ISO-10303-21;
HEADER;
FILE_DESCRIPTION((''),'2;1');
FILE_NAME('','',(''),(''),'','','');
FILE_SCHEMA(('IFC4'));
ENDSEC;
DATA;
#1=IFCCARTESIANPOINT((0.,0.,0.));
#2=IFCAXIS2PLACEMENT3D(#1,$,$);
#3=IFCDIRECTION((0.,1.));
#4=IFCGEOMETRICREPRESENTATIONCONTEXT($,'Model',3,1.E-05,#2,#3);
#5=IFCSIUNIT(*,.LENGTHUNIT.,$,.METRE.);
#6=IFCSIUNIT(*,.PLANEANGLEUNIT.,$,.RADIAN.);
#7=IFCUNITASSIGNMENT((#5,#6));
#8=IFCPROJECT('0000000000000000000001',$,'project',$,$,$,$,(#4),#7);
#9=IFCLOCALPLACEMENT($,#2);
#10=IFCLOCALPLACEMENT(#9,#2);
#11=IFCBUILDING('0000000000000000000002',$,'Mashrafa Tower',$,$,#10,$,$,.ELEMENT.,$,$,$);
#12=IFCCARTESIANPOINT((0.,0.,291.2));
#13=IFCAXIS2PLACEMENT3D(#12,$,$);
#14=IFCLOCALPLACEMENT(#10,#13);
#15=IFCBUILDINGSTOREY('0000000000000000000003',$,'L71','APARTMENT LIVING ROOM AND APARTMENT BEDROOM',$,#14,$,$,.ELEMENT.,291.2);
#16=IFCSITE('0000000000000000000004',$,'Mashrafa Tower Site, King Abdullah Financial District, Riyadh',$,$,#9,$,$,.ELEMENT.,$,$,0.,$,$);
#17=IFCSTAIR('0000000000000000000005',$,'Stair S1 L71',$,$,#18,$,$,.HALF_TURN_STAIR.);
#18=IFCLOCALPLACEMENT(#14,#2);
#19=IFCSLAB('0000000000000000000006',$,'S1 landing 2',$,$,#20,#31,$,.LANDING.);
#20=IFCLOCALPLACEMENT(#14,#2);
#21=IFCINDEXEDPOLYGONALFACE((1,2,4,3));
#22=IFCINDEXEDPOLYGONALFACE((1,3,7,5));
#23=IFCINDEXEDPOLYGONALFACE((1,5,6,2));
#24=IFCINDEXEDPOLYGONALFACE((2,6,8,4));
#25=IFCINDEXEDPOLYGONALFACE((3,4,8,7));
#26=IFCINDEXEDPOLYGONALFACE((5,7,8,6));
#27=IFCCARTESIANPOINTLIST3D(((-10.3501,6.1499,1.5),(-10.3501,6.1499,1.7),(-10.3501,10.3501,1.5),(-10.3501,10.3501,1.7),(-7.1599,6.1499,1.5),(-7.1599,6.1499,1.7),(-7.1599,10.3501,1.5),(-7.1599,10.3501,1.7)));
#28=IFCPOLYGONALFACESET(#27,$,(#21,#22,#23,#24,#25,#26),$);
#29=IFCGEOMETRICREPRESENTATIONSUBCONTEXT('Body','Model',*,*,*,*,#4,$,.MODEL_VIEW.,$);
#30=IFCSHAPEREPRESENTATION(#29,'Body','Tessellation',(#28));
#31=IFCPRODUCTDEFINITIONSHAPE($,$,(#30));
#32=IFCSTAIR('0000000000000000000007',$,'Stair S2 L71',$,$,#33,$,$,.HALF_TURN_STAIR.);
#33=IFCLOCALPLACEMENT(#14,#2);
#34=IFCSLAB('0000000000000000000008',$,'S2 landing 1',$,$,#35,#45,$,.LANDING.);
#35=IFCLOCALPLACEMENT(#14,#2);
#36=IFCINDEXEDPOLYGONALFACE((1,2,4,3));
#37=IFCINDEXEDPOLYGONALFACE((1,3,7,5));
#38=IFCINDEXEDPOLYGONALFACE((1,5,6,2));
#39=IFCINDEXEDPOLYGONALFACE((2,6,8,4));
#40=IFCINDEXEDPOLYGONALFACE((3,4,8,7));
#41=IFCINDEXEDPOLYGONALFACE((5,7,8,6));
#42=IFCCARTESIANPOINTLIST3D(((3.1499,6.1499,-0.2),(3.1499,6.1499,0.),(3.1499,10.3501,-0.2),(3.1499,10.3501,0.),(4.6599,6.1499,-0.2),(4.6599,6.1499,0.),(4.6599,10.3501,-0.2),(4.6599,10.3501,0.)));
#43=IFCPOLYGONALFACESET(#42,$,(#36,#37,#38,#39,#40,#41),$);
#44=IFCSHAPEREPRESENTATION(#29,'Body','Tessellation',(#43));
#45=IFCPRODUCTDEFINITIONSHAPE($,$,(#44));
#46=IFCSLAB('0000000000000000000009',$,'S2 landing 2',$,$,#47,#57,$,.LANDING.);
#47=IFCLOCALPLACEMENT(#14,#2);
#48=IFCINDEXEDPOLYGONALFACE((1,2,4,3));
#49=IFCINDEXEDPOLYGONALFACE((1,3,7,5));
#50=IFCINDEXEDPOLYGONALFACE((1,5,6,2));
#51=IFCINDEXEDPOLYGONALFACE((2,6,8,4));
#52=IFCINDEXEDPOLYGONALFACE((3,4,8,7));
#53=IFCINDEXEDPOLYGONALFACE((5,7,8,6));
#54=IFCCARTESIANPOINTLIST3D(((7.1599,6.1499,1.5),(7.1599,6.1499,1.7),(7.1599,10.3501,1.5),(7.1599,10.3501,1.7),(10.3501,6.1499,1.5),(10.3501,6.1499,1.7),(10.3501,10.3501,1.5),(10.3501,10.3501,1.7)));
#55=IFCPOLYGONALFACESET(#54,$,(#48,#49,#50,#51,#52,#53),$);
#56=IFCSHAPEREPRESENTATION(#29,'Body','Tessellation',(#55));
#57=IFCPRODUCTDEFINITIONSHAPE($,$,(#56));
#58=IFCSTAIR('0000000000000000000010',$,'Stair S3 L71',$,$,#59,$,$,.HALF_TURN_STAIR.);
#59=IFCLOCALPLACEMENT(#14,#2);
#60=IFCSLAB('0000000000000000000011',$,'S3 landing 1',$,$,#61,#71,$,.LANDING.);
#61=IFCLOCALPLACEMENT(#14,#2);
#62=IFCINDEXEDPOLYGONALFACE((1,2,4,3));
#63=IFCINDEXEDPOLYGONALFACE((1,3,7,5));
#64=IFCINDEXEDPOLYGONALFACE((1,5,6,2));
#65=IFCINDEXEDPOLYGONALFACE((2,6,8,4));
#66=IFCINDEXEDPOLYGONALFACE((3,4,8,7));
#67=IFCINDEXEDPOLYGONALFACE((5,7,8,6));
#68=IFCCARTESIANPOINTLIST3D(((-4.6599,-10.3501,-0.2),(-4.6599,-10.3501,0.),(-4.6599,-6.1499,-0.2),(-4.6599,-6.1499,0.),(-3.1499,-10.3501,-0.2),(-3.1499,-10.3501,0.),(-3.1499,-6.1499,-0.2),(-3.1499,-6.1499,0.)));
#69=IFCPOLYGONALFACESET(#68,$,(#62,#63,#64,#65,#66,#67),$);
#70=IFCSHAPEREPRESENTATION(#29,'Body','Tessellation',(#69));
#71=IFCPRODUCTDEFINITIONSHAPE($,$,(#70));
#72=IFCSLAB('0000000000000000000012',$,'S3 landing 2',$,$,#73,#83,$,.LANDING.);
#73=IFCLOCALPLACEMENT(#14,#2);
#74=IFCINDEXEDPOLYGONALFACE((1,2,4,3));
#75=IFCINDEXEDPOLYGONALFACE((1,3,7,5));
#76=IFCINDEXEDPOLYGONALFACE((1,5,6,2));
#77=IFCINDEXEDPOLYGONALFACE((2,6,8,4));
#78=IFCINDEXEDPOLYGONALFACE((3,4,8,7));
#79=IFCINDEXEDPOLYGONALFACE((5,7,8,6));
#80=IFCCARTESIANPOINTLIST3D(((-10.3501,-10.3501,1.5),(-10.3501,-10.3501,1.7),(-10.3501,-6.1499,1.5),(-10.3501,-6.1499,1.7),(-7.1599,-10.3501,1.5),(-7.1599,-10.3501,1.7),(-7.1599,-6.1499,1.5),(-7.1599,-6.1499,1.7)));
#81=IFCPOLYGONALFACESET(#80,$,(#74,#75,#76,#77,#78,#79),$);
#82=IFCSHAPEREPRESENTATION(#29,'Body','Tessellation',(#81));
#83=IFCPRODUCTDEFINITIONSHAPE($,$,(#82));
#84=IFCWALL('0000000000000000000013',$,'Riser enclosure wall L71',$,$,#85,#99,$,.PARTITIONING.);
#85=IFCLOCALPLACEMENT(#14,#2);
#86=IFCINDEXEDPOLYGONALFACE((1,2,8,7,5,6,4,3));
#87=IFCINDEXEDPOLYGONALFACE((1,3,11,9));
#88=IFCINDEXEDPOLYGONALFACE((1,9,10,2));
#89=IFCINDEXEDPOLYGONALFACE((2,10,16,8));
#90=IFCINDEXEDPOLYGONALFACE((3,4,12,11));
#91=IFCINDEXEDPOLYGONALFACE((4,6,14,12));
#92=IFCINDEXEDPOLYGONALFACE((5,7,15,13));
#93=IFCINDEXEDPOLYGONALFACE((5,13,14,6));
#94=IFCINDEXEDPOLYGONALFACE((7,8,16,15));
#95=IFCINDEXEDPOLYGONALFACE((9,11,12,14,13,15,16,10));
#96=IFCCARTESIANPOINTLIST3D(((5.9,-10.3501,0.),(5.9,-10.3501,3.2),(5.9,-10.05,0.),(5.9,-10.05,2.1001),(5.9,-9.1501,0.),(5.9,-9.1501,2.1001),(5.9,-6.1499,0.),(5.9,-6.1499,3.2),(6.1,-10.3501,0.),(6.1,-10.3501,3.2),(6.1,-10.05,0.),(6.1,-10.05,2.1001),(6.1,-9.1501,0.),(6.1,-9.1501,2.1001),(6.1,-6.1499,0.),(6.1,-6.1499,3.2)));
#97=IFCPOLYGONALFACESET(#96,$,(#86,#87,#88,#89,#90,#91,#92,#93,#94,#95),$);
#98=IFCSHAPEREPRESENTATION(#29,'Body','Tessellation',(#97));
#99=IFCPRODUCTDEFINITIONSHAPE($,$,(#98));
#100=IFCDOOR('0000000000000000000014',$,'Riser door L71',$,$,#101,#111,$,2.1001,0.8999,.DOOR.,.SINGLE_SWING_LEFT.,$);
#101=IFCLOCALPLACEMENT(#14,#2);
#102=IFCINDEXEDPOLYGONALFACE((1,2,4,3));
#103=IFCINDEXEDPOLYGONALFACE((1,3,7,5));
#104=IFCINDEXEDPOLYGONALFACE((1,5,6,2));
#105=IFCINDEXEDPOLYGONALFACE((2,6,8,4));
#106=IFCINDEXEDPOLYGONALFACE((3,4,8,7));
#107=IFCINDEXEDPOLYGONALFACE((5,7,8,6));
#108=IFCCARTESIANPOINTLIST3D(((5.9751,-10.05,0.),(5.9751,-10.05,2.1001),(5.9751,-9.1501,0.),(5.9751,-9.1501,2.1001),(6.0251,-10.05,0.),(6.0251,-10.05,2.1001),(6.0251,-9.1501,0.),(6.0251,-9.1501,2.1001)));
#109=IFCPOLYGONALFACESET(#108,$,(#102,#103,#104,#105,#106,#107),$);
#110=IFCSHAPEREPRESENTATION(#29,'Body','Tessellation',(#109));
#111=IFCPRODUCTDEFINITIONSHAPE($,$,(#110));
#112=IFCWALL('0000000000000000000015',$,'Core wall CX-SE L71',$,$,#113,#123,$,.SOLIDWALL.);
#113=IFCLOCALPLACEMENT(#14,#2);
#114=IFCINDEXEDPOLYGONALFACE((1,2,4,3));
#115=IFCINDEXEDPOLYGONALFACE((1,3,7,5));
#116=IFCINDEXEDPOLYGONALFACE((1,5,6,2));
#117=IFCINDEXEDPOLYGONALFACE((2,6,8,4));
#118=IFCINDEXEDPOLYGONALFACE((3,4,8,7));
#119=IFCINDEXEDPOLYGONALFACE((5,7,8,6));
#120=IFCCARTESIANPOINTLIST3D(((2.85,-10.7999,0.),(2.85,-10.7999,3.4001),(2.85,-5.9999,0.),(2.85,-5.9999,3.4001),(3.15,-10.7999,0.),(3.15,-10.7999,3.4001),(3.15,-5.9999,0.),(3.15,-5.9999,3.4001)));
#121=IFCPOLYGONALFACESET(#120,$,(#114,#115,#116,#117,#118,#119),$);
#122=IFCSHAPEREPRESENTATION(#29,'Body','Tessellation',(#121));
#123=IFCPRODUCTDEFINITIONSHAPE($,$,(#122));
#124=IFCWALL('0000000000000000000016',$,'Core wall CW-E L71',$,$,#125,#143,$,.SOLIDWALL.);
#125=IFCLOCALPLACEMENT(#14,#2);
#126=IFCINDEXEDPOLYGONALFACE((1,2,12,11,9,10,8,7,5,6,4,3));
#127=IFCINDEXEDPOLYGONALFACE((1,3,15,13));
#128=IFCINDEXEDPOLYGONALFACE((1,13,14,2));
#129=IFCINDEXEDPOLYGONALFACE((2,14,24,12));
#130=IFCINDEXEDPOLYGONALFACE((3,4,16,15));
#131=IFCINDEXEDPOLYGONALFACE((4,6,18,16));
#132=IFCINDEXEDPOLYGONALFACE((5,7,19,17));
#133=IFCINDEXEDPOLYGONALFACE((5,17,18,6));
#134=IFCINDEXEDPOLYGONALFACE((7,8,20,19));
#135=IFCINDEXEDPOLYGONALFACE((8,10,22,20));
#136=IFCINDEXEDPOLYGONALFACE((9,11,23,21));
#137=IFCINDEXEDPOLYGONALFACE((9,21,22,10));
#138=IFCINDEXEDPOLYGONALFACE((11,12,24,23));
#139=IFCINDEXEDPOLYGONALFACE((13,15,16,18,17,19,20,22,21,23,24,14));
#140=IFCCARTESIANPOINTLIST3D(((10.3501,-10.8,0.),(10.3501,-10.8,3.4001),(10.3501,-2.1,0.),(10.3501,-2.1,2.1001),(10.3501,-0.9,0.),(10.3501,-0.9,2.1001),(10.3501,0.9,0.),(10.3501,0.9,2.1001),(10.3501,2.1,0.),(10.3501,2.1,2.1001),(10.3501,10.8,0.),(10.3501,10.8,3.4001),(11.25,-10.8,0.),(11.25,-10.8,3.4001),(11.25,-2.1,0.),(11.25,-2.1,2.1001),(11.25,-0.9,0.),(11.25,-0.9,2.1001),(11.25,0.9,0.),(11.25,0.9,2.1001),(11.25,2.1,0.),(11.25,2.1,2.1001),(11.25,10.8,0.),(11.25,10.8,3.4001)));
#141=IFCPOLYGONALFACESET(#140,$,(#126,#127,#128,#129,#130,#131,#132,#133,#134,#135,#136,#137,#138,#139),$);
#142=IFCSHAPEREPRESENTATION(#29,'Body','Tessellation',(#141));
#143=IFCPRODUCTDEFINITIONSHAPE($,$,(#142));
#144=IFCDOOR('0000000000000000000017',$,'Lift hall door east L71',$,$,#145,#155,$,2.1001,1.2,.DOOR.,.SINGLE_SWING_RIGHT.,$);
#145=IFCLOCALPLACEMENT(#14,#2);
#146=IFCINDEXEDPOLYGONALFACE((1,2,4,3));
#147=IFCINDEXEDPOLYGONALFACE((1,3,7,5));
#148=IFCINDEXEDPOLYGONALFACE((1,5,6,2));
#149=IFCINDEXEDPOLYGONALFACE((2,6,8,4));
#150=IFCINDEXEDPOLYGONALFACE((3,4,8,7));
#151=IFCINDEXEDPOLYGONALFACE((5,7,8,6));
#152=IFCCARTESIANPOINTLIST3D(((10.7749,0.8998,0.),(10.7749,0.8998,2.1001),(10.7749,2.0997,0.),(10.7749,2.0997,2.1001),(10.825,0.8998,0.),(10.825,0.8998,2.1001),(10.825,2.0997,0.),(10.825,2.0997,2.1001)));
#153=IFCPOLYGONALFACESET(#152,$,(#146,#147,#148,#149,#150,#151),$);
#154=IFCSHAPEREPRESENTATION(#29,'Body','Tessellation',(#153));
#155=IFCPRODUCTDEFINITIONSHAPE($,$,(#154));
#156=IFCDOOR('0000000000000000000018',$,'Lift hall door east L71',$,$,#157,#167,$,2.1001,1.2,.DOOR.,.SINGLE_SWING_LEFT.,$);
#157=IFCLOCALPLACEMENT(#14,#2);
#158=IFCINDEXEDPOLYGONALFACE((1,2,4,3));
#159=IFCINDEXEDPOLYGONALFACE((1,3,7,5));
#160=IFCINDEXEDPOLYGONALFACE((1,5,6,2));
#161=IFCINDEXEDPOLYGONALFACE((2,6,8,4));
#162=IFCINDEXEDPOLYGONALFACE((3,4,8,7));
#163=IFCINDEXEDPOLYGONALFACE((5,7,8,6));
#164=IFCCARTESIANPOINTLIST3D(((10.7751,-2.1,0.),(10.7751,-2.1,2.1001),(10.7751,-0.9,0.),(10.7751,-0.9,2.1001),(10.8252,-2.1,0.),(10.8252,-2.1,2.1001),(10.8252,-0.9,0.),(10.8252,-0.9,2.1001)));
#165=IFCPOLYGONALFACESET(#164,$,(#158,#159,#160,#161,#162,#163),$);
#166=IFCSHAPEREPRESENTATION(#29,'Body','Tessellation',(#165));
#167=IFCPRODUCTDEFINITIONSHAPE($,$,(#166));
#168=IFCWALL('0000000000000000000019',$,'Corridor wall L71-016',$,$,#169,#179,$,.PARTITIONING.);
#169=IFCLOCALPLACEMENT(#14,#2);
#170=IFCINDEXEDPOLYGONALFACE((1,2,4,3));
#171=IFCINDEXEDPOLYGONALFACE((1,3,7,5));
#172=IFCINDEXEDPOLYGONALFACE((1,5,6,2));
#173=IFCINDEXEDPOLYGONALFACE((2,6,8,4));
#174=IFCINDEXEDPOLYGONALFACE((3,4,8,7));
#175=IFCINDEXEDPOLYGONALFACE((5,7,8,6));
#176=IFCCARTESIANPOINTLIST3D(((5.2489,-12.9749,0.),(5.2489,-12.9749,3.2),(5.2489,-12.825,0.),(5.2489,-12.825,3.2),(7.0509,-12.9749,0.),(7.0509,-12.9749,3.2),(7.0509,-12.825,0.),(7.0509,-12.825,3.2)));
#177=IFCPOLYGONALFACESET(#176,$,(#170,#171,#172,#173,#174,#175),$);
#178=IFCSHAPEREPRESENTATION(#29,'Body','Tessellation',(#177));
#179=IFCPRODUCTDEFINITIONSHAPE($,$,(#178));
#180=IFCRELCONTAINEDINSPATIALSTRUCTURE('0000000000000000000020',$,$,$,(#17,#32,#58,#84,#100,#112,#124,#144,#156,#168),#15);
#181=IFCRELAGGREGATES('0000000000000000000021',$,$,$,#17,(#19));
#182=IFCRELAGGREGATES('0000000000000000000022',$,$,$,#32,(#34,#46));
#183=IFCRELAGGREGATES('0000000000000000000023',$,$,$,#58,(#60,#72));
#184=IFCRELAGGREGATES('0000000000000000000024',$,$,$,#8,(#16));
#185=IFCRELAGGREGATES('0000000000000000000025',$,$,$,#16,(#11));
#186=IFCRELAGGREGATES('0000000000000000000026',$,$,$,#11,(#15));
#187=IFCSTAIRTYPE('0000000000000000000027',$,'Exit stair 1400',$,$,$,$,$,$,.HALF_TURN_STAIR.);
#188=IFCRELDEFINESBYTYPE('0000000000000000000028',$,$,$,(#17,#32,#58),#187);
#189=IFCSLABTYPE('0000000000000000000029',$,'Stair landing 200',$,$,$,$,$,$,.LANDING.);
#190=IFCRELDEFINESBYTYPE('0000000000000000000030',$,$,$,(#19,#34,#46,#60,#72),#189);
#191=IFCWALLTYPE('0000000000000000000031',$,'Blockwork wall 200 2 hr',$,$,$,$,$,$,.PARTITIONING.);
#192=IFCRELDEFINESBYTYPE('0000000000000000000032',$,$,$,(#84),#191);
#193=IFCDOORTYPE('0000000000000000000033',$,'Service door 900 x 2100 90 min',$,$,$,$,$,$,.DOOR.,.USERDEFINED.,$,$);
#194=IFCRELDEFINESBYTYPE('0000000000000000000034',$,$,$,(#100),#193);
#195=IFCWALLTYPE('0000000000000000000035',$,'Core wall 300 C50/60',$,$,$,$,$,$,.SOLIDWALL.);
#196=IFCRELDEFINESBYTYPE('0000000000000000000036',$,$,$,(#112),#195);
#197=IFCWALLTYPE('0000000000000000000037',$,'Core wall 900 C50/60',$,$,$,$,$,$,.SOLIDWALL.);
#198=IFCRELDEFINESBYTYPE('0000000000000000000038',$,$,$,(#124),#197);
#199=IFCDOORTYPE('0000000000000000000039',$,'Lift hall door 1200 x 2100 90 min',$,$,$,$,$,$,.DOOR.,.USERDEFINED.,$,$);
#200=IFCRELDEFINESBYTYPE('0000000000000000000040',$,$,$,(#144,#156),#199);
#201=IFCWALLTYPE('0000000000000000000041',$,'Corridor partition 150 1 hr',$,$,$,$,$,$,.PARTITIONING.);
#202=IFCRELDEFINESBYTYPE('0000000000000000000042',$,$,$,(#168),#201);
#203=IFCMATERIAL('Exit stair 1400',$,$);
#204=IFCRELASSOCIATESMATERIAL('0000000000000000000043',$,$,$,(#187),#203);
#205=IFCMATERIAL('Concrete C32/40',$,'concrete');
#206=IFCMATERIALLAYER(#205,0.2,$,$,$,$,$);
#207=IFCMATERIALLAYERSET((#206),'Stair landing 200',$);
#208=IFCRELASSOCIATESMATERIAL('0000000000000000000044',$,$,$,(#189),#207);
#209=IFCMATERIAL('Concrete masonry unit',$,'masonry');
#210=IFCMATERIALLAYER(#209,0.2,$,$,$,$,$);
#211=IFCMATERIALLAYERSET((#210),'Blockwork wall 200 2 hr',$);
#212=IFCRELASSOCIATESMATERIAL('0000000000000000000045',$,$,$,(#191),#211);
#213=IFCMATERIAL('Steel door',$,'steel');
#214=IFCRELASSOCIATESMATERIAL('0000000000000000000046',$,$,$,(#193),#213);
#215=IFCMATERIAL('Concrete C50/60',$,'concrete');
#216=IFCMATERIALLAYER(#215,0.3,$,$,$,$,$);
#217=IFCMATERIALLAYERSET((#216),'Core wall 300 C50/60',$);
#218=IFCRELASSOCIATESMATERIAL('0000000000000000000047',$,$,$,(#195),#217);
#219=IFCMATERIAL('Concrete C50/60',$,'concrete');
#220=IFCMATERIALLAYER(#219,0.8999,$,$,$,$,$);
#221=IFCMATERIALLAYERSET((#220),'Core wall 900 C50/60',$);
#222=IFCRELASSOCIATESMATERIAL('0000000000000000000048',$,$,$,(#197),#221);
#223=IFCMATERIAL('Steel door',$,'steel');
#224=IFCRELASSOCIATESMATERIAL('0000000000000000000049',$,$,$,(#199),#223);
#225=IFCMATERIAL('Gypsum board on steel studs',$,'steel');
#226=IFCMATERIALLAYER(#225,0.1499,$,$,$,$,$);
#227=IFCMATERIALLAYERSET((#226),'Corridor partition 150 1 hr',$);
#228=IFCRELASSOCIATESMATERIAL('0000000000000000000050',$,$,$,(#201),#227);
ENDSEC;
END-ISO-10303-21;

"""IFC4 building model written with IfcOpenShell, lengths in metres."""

from ifc_helpers import new_model, si_unit, direction, frame, frame_2d, origin, place, context, subcontext, project, spatial, polyline, rectangle, outline, extrude, material, layer, layer_set, type_object, element, fill, aggregate, save


model = new_model("IFC4")

# Units and contexts
model_context = context("Model", 3, precision=1e-05, world=origin(), true_north=direction((0.0, 1.0)))
body_context = subcontext(model_context, "Body", "Model", "MODEL_VIEW")
ifc_project = project(units=[si_unit("LENGTHUNIT", "METRE"), si_unit("PLANEANGLEUNIT", "RADIAN")], contexts=[model_context])

# Site, building, storey
site_placement = place(None, origin())
site = spatial("IfcSite", under=ifc_project, at=site_placement, Name="Mashrafa Tower Site, King Abdullah Financial District, Riyadh", CompositionType="ELEMENT", RefElevation=0.0)
building_placement = place(site_placement, origin())
building = spatial("IfcBuilding", under=site, at=building_placement, Name="Mashrafa Tower", CompositionType="ELEMENT")
storey_placement = place(building_placement, frame((0.0, 0.0, 291.2)))
storey = spatial("IfcBuildingStorey", under=building, at=storey_placement, Name="L71", Description="APARTMENT LIVING ROOM AND APARTMENT BEDROOM", CompositionType="ELEMENT", Elevation=291.2)

# Stairs, slabs
ifc_material_1 = material(Name="Exit stair 1400")
stair_type = type_object("IfcStairType", Name="Exit stair 1400", PredefinedType="HALF_TURN_STAIR", material=ifc_material_1)
stair_1_placement = place(storey_placement, origin())
stair_1 = element("IfcStair", 1, at=stair_1_placement, inside=storey, type_object=stair_type, Name="Stair S1 L71", PredefinedType="HALF_TURN_STAIR")
ifc_material_2 = material(Name="Concrete C32/40", Category="concrete")
ifc_layer_1 = layer(ifc_material_2, 0.2)
ifc_layer_set_1 = layer_set([ifc_layer_1], Name="Stair landing 200")
slab_type = type_object("IfcSlabType", Name="Stair landing 200", PredefinedType="LANDING", material=ifc_layer_set_1)
slab_1_placement = place(storey_placement, frame((0.0, 0.0, 1.5)))
slab_1 = element("IfcSlab", 2, at=slab_1_placement, type_object=slab_type, Name="S1 landing 2", PredefinedType="LANDING", context=body_context, shape_type="SweptSolid", body=[
    extrude(outline(polyline([(-10.3501, 6.1499), (-7.1599, 6.1499), (-7.1599, 10.3501), (-10.3501, 10.3501), (-10.3501, 6.1499)])), origin(), (0.0, 0.0, 1.0), 0.2),
])
aggregate(stair_1, [slab_1])
stair_2_placement = place(storey_placement, origin())
stair_2 = element("IfcStair", 3, at=stair_2_placement, inside=storey, type_object=stair_type, Name="Stair S2 L71", PredefinedType="HALF_TURN_STAIR")
slab_2_placement = place(storey_placement, frame((0.0, 0.0, -0.2)))
slab_2 = element("IfcSlab", 4, at=slab_2_placement, type_object=slab_type, Name="S2 landing 1", PredefinedType="LANDING", context=body_context, shape_type="SweptSolid", body=[
    extrude(outline(polyline([(3.1499, 6.1499), (4.6599, 6.1499), (4.6599, 10.3501), (3.1499, 10.3501), (3.1499, 6.1499)])), origin(), (0.0, 0.0, 1.0), 0.2),
])
slab_3_placement = place(storey_placement, frame((0.0, 0.0, 1.5)))
slab_3 = element("IfcSlab", 5, at=slab_3_placement, type_object=slab_type, Name="S2 landing 2", PredefinedType="LANDING", context=body_context, shape_type="SweptSolid", body=[
    extrude(outline(polyline([(7.1599, 6.1499), (10.3501, 6.1499), (10.3501, 10.3501), (7.1599, 10.3501), (7.1599, 6.1499)])), origin(), (0.0, 0.0, 1.0), 0.2),
])
aggregate(stair_2, [slab_2, slab_3])
stair_3_placement = place(storey_placement, origin())
stair_3 = element("IfcStair", 6, at=stair_3_placement, inside=storey, type_object=stair_type, Name="Stair S3 L71", PredefinedType="HALF_TURN_STAIR")
slab_4_placement = place(storey_placement, frame((0.0, 0.0, -0.2)))
slab_4 = element("IfcSlab", 7, at=slab_4_placement, type_object=slab_type, Name="S3 landing 1", PredefinedType="LANDING", context=body_context, shape_type="SweptSolid", body=[
    extrude(outline(polyline([(-4.6599, -10.3501), (-3.1499, -10.3501), (-3.1499, -6.1499), (-4.6599, -6.1499), (-4.6599, -10.3501)])), origin(), (0.0, 0.0, 1.0), 0.2),
])
slab_5_placement = place(storey_placement, frame((0.0, 0.0, 1.5)))
slab_5 = element("IfcSlab", 8, at=slab_5_placement, type_object=slab_type, Name="S3 landing 2", PredefinedType="LANDING", context=body_context, shape_type="SweptSolid", body=[
    extrude(outline(polyline([(-10.3501, -10.3501), (-7.1599, -10.3501), (-7.1599, -6.1499), (-10.3501, -6.1499), (-10.3501, -10.3501)])), origin(), (0.0, 0.0, 1.0), 0.2),
])
aggregate(stair_3, [slab_4, slab_5])

# Wall, opening, door
ifc_material_3 = material(Name="Concrete masonry unit", Category="masonry")
ifc_layer_2 = layer(ifc_material_3, 0.2)
ifc_layer_set_2 = layer_set([ifc_layer_2], Name="Blockwork wall 200 2 hr")
wall_type_1 = type_object("IfcWallType", Name="Blockwork wall 200 2 hr", PredefinedType="PARTITIONING", material=ifc_layer_set_2)
wall_1_placement = place(storey_placement, frame((6.0, -10.3501, 0.0), z_axis=(0.0, 0.0, 1.0), x_axis=(0.0, 1.0, 0.0)))
wall_1 = element("IfcWall", 9, at=wall_1_placement, inside=storey, type_object=wall_type_1, Name="Riser enclosure wall L71", PredefinedType="PARTITIONING", context=body_context, shape_type="SweptSolid", body=[
    extrude(rectangle(XDim=4.2002, YDim=0.2, at=frame_2d((2.1001, 0.0))), origin(), (0.0, 0.0, 1.0), 3.2),
])
opening_1_placement = place(wall_1_placement, frame((0.3, 0.0, 0.0)))
opening_1 = element("IfcOpeningElement", 10, at=opening_1_placement, cuts=wall_1, PredefinedType="OPENING", context=body_context, shape_type="SweptSolid", body=[
    extrude(rectangle(XDim=0.8999, YDim=2.1001, at=frame_2d((0.45, 1.05))), frame((0.0, 0.1099, 0.0), z_axis=(0.0, -1.0, 0.0), x_axis=(1.0, 0.0, 0.0)), (0.0, 0.0, 1.0), 0.22),
])
ifc_material_4 = material(Name="Steel door", Category="steel")
door_type_1 = type_object("IfcDoorType", Name="Service door 900 x 2100 90 min", OperationType="USERDEFINED", PredefinedType="DOOR", material=ifc_material_4)
door_1_placement = place(opening_1_placement, origin())
door_1 = element("IfcDoor", 11, at=door_1_placement, inside=storey, type_object=door_type_1, Name="Riser door L71", OperationType="SINGLE_SWING_LEFT", OverallHeight=2.1001, OverallWidth=0.8999, PredefinedType="DOOR", context=body_context, shape_type="SweptSolid", body=[
    extrude(rectangle(XDim=0.8999, YDim=2.1001, at=frame_2d((0.45, 1.05))), frame((0.0, 0.0249, 0.0), z_axis=(0.0, -1.0, 0.0), x_axis=(1.0, 0.0, 0.0)), (0.0, 0.0, 1.0), 0.05),
])
fill(opening_1, door_1)

# Wall
ifc_material_5 = material(Name="Concrete C50/60", Category="concrete")
ifc_layer_3 = layer(ifc_material_5, 0.3)
ifc_layer_set_3 = layer_set([ifc_layer_3], Name="Core wall 300 C50/60")
wall_type_2 = type_object("IfcWallType", Name="Core wall 300 C50/60", PredefinedType="SOLIDWALL", material=ifc_layer_set_3)
wall_2_placement = place(storey_placement, frame((3.0, -6.0, 0.0), z_axis=(0.0, 0.0, 1.0), x_axis=(0.0, -1.0, 0.0)))
element("IfcWall", 12, at=wall_2_placement, inside=storey, type_object=wall_type_2, Name="Core wall CX-SE L71", PredefinedType="SOLIDWALL", context=body_context, shape_type="SweptSolid", body=[
    extrude(rectangle(XDim=4.8, YDim=0.3, at=frame_2d((2.3999, 0.0))), origin(), (0.0, 0.0, 1.0), 3.4001),
])

# Wall, openings, doors
ifc_material_6 = material(Name="Concrete C50/60", Category="concrete")
ifc_layer_4 = layer(ifc_material_6, 0.8999)
ifc_layer_set_4 = layer_set([ifc_layer_4], Name="Core wall 900 C50/60")
wall_type_3 = type_object("IfcWallType", Name="Core wall 900 C50/60", PredefinedType="SOLIDWALL", material=ifc_layer_set_4)
wall_3_placement = place(storey_placement, frame((10.8, -10.8, 0.0), z_axis=(0.0, 0.0, 1.0), x_axis=(0.0, 1.0, 0.0)))
wall_3 = element("IfcWall", 13, at=wall_3_placement, inside=storey, type_object=wall_type_3, Name="Core wall CW-E L71", PredefinedType="SOLIDWALL", context=body_context, shape_type="SweptSolid", body=[
    extrude(rectangle(XDim=21.6001, YDim=0.8999, at=frame_2d((10.8, 0.0))), origin(), (0.0, 0.0, 1.0), 3.4001),
])
opening_2_placement = place(wall_3_placement, frame((11.7, 0.0, 0.0)))
opening_2 = element("IfcOpeningElement", 14, at=opening_2_placement, cuts=wall_3, PredefinedType="OPENING", context=body_context, shape_type="SweptSolid", body=[
    extrude(rectangle(XDim=1.2, YDim=2.1001, at=frame_2d((0.6001, 1.05))), frame((0.0, 0.46, 0.0), z_axis=(0.0, -1.0, 0.0), x_axis=(1.0, 0.0, 0.0)), (0.0, 0.0, 1.0), 0.9199),
])
opening_3_placement = place(wall_3_placement, frame((8.7, 0.0, 0.0)))
opening_3 = element("IfcOpeningElement", 15, at=opening_3_placement, cuts=wall_3, PredefinedType="OPENING", context=body_context, shape_type="SweptSolid", body=[
    extrude(rectangle(XDim=1.2, YDim=2.1001, at=frame_2d((0.6001, 1.05))), frame((0.0, 0.46, 0.0), z_axis=(0.0, -1.0, 0.0), x_axis=(1.0, 0.0, 0.0)), (0.0, 0.0, 1.0), 0.9199),
])
ifc_material_7 = material(Name="Steel door", Category="steel")
door_type_2 = type_object("IfcDoorType", Name="Lift hall door 1200 x 2100 90 min", OperationType="USERDEFINED", PredefinedType="DOOR", material=ifc_material_7)
door_2_placement = place(opening_2_placement, frame((1.2, 0.0, 0.0), z_axis=(0.0, 0.0, 1.0), x_axis=(-1.0, 0.0, 0.0)))
door_2 = element("IfcDoor", 16, at=door_2_placement, inside=storey, type_object=door_type_2, Name="Lift hall door east L71", OperationType="SINGLE_SWING_RIGHT", OverallHeight=2.1001, OverallWidth=1.2, PredefinedType="DOOR", context=body_context, shape_type="SweptSolid", body=[
    extrude(rectangle(XDim=1.2, YDim=2.1001, at=frame_2d((0.6001, 1.05))), frame((0.0, 0.0249, 0.0), z_axis=(0.0, -1.0, 0.0), x_axis=(1.0, 0.0, 0.0)), (0.0, 0.0, 1.0), 0.05),
])
fill(opening_2, door_2)
door_3_placement = place(opening_3_placement, origin())
door_3 = element("IfcDoor", 17, at=door_3_placement, inside=storey, type_object=door_type_2, Name="Lift hall door east L71", OperationType="SINGLE_SWING_LEFT", OverallHeight=2.1001, OverallWidth=1.2, PredefinedType="DOOR", context=body_context, shape_type="SweptSolid", body=[
    extrude(rectangle(XDim=1.2, YDim=2.1001, at=frame_2d((0.6001, 1.05))), frame((0.0, 0.0249, 0.0), z_axis=(0.0, -1.0, 0.0), x_axis=(1.0, 0.0, 0.0)), (0.0, 0.0, 1.0), 0.05),
])
fill(opening_3, door_3)

# Wall
ifc_material_8 = material(Name="Gypsum board on steel studs", Category="steel")
ifc_layer_5 = layer(ifc_material_8, 0.1499)
ifc_layer_set_5 = layer_set([ifc_layer_5], Name="Corridor partition 150 1 hr")
wall_type_4 = type_object("IfcWallType", Name="Corridor partition 150 1 hr", PredefinedType="PARTITIONING", material=ifc_layer_set_5)
wall_4_placement = place(storey_placement, frame((5.249, -12.8999, 0.0), z_axis=(0.0, 0.0, 1.0), x_axis=(1.0, 0.0, 0.0)))
element("IfcWall", 18, at=wall_4_placement, inside=storey, type_object=wall_type_4, Name="Corridor wall L71-016", PredefinedType="PARTITIONING", context=body_context, shape_type="SweptSolid", body=[
    extrude(rectangle(XDim=1.802, YDim=0.1499, at=frame_2d((0.9009, 0.0))), origin(), (0.0, 0.0, 1.0), 3.2),
])

save(model, "model.ifc")
